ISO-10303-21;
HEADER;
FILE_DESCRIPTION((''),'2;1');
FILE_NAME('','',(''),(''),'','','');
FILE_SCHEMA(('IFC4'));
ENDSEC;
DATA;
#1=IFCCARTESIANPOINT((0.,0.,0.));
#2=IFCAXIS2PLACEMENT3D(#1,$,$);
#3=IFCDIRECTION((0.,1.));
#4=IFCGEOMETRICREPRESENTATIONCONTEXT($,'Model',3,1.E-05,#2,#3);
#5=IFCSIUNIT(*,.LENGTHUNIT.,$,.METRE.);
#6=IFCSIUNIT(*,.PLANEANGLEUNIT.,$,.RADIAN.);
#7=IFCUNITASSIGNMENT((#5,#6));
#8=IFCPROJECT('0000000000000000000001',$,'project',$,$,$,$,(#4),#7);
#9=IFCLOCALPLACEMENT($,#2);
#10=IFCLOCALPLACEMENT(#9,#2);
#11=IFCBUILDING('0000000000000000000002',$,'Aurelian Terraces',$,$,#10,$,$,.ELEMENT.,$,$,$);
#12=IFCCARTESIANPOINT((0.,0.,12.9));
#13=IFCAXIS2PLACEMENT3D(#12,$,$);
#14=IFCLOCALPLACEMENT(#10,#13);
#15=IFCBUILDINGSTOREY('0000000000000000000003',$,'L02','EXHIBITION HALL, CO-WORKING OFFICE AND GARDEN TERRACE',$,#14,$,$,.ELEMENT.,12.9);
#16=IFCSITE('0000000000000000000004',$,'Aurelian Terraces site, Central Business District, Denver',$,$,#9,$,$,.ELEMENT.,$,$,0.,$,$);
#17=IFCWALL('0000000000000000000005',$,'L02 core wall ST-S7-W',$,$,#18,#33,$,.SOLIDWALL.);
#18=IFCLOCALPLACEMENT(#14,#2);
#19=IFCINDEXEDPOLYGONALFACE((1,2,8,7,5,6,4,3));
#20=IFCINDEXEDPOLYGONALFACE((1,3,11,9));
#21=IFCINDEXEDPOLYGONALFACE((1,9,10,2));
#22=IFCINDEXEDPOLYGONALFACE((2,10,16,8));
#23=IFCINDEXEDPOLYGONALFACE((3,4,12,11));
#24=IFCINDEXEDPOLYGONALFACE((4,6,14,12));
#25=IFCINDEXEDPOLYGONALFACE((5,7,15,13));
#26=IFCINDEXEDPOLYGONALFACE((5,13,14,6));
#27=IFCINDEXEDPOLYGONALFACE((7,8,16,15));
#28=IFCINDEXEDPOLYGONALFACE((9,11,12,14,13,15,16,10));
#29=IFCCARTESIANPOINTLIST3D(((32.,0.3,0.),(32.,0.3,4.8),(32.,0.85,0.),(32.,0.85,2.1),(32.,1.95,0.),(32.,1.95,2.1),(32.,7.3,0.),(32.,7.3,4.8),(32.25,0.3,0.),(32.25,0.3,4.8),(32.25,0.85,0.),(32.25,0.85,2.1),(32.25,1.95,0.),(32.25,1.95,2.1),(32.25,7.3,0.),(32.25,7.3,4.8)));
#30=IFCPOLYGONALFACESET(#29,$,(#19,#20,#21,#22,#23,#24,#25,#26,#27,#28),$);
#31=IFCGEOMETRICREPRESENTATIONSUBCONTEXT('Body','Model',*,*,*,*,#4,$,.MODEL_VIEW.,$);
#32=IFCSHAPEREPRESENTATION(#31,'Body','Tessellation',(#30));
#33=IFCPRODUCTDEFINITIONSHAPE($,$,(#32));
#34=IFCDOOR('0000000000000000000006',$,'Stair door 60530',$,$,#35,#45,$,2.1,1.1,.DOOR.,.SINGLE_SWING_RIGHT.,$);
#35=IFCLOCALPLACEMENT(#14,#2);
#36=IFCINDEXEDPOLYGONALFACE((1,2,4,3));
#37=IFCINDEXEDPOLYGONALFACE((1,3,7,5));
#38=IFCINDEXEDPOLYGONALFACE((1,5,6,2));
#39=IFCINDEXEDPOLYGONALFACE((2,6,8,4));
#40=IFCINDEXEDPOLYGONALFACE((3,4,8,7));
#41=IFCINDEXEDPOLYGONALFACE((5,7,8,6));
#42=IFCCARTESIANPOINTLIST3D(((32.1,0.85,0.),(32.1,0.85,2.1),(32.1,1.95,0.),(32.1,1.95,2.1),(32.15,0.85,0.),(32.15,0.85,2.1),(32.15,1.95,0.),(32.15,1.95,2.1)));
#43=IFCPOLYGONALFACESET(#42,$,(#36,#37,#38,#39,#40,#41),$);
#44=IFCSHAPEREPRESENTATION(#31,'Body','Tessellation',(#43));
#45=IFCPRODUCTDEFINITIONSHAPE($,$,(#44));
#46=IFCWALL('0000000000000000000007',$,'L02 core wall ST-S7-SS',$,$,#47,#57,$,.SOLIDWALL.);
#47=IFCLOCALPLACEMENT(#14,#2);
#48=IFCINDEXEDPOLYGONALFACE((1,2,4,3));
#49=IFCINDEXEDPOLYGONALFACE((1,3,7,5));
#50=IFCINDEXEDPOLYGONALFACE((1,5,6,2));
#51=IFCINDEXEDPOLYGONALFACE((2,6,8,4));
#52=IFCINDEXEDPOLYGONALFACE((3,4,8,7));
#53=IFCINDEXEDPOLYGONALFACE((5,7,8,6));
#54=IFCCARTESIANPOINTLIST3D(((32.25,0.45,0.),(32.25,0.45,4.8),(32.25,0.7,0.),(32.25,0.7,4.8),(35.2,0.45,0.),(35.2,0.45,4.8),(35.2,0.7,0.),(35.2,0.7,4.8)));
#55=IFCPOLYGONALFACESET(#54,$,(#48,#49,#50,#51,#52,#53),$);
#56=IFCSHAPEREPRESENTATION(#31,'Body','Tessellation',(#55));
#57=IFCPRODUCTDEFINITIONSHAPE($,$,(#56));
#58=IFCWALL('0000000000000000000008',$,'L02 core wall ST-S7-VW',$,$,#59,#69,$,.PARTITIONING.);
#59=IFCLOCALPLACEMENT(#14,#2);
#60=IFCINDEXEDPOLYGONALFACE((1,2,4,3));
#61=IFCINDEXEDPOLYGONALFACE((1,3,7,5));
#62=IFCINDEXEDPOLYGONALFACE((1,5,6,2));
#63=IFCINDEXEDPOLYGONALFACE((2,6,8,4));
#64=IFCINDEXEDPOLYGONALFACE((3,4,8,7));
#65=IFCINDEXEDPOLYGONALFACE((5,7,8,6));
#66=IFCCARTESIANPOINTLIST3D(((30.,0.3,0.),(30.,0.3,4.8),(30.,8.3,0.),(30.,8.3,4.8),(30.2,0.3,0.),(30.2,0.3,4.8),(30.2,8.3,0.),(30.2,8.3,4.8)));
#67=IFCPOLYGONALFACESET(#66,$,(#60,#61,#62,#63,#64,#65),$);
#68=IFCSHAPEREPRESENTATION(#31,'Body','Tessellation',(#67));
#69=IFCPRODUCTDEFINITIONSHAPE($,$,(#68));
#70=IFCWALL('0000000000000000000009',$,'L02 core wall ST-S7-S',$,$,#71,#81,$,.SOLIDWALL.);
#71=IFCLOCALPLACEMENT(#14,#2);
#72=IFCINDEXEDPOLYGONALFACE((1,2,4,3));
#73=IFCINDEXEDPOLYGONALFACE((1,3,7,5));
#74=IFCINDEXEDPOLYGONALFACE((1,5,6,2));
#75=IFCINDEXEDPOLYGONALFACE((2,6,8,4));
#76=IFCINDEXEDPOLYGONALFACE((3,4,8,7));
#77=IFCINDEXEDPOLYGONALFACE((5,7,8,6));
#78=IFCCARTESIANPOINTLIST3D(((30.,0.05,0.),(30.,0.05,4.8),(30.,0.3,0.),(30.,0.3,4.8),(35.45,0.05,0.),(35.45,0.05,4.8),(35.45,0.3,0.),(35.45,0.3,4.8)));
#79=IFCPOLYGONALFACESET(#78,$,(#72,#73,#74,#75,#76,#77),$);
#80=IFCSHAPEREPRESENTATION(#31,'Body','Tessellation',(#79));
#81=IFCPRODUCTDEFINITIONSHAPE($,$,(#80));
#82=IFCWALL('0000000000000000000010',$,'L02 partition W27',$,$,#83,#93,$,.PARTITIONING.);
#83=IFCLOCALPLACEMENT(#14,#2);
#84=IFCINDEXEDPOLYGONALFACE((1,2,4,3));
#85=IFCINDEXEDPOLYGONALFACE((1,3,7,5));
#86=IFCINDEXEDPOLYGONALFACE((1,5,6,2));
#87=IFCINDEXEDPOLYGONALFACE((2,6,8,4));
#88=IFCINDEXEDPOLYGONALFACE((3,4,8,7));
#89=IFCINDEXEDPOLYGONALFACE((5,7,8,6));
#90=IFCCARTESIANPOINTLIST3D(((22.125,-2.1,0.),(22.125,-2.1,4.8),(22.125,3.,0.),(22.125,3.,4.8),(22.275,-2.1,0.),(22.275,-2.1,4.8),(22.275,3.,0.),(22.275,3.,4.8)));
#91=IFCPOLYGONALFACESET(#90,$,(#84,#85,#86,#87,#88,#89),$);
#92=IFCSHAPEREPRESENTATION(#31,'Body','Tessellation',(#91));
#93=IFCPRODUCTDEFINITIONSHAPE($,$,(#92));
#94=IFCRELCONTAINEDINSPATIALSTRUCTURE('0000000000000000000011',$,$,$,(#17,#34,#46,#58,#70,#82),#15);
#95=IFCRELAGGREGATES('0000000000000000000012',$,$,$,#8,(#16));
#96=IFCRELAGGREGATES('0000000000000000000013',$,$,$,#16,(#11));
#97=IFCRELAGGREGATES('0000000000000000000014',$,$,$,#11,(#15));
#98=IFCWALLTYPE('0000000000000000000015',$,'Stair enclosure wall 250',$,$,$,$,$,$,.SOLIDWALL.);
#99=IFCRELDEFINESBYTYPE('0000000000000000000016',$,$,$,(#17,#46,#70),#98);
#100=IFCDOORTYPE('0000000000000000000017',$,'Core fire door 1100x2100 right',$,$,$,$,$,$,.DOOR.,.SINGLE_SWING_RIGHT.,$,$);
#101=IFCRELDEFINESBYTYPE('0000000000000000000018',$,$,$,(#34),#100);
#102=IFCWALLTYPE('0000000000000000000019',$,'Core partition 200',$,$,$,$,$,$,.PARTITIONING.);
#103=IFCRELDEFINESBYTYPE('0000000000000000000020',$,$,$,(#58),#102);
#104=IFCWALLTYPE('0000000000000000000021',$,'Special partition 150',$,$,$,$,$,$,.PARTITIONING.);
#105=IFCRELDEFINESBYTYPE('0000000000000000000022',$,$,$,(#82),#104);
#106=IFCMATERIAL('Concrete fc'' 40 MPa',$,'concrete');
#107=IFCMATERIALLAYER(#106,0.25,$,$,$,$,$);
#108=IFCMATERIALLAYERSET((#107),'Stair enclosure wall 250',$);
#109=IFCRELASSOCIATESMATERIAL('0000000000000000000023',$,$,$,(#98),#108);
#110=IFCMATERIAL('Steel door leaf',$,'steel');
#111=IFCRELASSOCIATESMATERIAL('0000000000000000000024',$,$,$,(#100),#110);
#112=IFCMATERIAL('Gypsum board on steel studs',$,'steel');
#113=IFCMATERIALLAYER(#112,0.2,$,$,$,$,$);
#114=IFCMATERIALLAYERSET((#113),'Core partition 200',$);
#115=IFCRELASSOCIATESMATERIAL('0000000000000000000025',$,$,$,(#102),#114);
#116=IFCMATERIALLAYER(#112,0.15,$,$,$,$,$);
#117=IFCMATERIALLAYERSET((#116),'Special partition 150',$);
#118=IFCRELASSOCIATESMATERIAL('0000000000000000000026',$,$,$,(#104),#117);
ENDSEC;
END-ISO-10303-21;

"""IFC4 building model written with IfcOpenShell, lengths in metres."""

from ifc_helpers import new_model, si_unit, direction, frame, frame_2d, origin, place, context, subcontext, project, spatial, rectangle, extrude, source, transform, mapped, material, layer, layer_set, type_object, element, fill, save


model = new_model("IFC4")

# Units and contexts
model_context = context("Model", 3, precision=1e-05, world=origin(), true_north=direction((0.0, 1.0)))
body_context = subcontext(model_context, "Body", "Model", "MODEL_VIEW")
ifc_project = project(units=[si_unit("LENGTHUNIT", "METRE"), si_unit("PLANEANGLEUNIT", "RADIAN")], contexts=[model_context])

# Site, building, storey
site_placement = place(None, origin())
site = spatial("IfcSite", under=ifc_project, at=site_placement, Name="Aurelian Terraces site, Central Business District, Denver", CompositionType="ELEMENT", RefElevation=0.0)
building_placement = place(site_placement, origin())
building = spatial("IfcBuilding", under=site, at=building_placement, Name="Aurelian Terraces", CompositionType="ELEMENT")
storey_placement = place(building_placement, frame((0.0, 0.0, 12.9)))
storey = spatial("IfcBuildingStorey", under=building, at=storey_placement, Name="L02", Description="EXHIBITION HALL, CO-WORKING OFFICE AND GARDEN TERRACE", CompositionType="ELEMENT", Elevation=12.9)

# Wall, opening, door
ifc_material_1 = material(Name="Concrete fc' 40 MPa", Category="concrete")
ifc_layer_1 = layer(ifc_material_1, 0.25)
ifc_layer_set_1 = layer_set([ifc_layer_1], Name="Stair enclosure wall 250")
wall_type_1 = type_object("IfcWallType", Name="Stair enclosure wall 250", PredefinedType="SOLIDWALL", material=ifc_layer_set_1)
shared_shape_1 = source(origin(), body_context, "Body", "SweptSolid", [
    extrude(rectangle(XDim=7.0, YDim=0.25, at=frame_2d((3.5, 0.0))), origin(), (0.0, 0.0, 1.0), 4.8),
])
wall_1_placement = place(storey_placement, frame((32.125, 0.3, 0.0), z_axis=(0.0, 0.0, 1.0), x_axis=(0.0, 1.0, 0.0)))
wall_1 = element("IfcWall", 1, at=wall_1_placement, inside=storey, type_object=wall_type_1, Name="L02 core wall ST-S7-W", PredefinedType="SOLIDWALL", context=body_context, shape_type="MappedRepresentation", body=[
    mapped(shared_shape_1, transform((0.0, 0.0, 0.0), scale=1.0)),
])
shared_shape_2 = source(origin(), body_context, "Body", "SweptSolid", [
    extrude(rectangle(XDim=1.1, YDim=2.1, at=frame_2d((0.55, 1.05))), frame((0.0, 0.135, 0.0), z_axis=(0.0, -1.0, 0.0), x_axis=(1.0, 0.0, 0.0)), (0.0, 0.0, 1.0), 0.27),
])
opening_placement = place(wall_1_placement, frame((0.55, 0.0, 0.0)))
opening = element("IfcOpeningElement", 2, at=opening_placement, cuts=wall_1, PredefinedType="OPENING", context=body_context, shape_type="MappedRepresentation", body=[
    mapped(shared_shape_2, transform((0.0, 0.0, 0.0), scale=1.0)),
])
ifc_material_2 = material(Name="Steel door leaf", Category="steel")
door_type = type_object("IfcDoorType", Name="Core fire door 1100x2100 right", OperationType="SINGLE_SWING_RIGHT", PredefinedType="DOOR", material=ifc_material_2)
shared_shape_3 = source(origin(), body_context, "Body", "SweptSolid", [
    extrude(rectangle(XDim=1.1, YDim=2.1, at=frame_2d((0.55, 1.05))), frame((0.0, 0.025, 0.0), z_axis=(0.0, -1.0, 0.0), x_axis=(1.0, 0.0, 0.0)), (0.0, 0.0, 1.0), 0.05),
])
door_placement = place(opening_placement, origin())
door = element("IfcDoor", 3, at=door_placement, inside=storey, type_object=door_type, Name="Stair door 60530", OperationType="SINGLE_SWING_RIGHT", OverallHeight=2.1, OverallWidth=1.1, PredefinedType="DOOR", context=body_context, shape_type="MappedRepresentation", body=[
    mapped(shared_shape_3, transform((0.0, 0.0, 0.0), scale=1.0)),
])
fill(opening, door)

# Walls
shared_shape_4 = source(origin(), body_context, "Body", "SweptSolid", [
    extrude(rectangle(XDim=2.95, YDim=0.25, at=frame_2d((1.475, 0.0))), origin(), (0.0, 0.0, 1.0), 4.8),
])
wall_2_placement = place(storey_placement, frame((32.25, 0.575, 0.0), z_axis=(0.0, 0.0, 1.0), x_axis=(1.0, 0.0, 0.0)))
element("IfcWall", 4, at=wall_2_placement, inside=storey, type_object=wall_type_1, Name="L02 core wall ST-S7-SS", PredefinedType="SOLIDWALL", context=body_context, shape_type="MappedRepresentation", body=[
    mapped(shared_shape_4, transform((0.0, 0.0, 0.0), scale=1.0)),
])
ifc_material_3 = material(Name="Gypsum board on steel studs", Category="steel")
ifc_layer_2 = layer(ifc_material_3, 0.2)
ifc_layer_set_2 = layer_set([ifc_layer_2], Name="Core partition 200")
wall_type_2 = type_object("IfcWallType", Name="Core partition 200", PredefinedType="PARTITIONING", material=ifc_layer_set_2)
shared_shape_5 = source(origin(), body_context, "Body", "SweptSolid", [
    extrude(rectangle(XDim=8.0, YDim=0.2, at=frame_2d((4.0, 0.0))), origin(), (0.0, 0.0, 1.0), 4.8),
])
wall_3_placement = place(storey_placement, frame((30.1, 0.3, 0.0), z_axis=(0.0, 0.0, 1.0), x_axis=(0.0, 1.0, 0.0)))
element("IfcWall", 5, at=wall_3_placement, inside=storey, type_object=wall_type_2, Name="L02 core wall ST-S7-VW", PredefinedType="PARTITIONING", context=body_context, shape_type="MappedRepresentation", body=[
    mapped(shared_shape_5, transform((0.0, 0.0, 0.0), scale=1.0)),
])
shared_shape_6 = source(origin(), body_context, "Body", "SweptSolid", [
    extrude(rectangle(XDim=5.45, YDim=0.25, at=frame_2d((2.725, 0.0))), origin(), (0.0, 0.0, 1.0), 4.8),
])
wall_4_placement = place(storey_placement, frame((30.0, 0.175, 0.0), z_axis=(0.0, 0.0, 1.0), x_axis=(1.0, 0.0, 0.0)))
element("IfcWall", 6, at=wall_4_placement, inside=storey, type_object=wall_type_1, Name="L02 core wall ST-S7-S", PredefinedType="SOLIDWALL", context=body_context, shape_type="MappedRepresentation", body=[
    mapped(shared_shape_6, transform((0.0, 0.0, 0.0), scale=1.0)),
])
ifc_layer_3 = layer(ifc_material_3, 0.15)
ifc_layer_set_3 = layer_set([ifc_layer_3], Name="Special partition 150")
wall_type_3 = type_object("IfcWallType", Name="Special partition 150", PredefinedType="PARTITIONING", material=ifc_layer_set_3)
shared_shape_7 = source(origin(), body_context, "Body", "SweptSolid", [
    extrude(rectangle(XDim=5.1, YDim=0.15, at=frame_2d((2.55, 0.0))), origin(), (0.0, 0.0, 1.0), 4.8),
])
wall_5_placement = place(storey_placement, frame((22.2, -2.1, 0.0), z_axis=(0.0, 0.0, 1.0), x_axis=(0.0, 1.0, 0.0)))
element("IfcWall", 7, at=wall_5_placement, inside=storey, type_object=wall_type_3, Name="L02 partition W27", PredefinedType="PARTITIONING", context=body_context, shape_type="MappedRepresentation", body=[
    mapped(shared_shape_7, transform((0.0, 0.0, 0.0), scale=1.0)),
])

save(model, "model.ifc")
